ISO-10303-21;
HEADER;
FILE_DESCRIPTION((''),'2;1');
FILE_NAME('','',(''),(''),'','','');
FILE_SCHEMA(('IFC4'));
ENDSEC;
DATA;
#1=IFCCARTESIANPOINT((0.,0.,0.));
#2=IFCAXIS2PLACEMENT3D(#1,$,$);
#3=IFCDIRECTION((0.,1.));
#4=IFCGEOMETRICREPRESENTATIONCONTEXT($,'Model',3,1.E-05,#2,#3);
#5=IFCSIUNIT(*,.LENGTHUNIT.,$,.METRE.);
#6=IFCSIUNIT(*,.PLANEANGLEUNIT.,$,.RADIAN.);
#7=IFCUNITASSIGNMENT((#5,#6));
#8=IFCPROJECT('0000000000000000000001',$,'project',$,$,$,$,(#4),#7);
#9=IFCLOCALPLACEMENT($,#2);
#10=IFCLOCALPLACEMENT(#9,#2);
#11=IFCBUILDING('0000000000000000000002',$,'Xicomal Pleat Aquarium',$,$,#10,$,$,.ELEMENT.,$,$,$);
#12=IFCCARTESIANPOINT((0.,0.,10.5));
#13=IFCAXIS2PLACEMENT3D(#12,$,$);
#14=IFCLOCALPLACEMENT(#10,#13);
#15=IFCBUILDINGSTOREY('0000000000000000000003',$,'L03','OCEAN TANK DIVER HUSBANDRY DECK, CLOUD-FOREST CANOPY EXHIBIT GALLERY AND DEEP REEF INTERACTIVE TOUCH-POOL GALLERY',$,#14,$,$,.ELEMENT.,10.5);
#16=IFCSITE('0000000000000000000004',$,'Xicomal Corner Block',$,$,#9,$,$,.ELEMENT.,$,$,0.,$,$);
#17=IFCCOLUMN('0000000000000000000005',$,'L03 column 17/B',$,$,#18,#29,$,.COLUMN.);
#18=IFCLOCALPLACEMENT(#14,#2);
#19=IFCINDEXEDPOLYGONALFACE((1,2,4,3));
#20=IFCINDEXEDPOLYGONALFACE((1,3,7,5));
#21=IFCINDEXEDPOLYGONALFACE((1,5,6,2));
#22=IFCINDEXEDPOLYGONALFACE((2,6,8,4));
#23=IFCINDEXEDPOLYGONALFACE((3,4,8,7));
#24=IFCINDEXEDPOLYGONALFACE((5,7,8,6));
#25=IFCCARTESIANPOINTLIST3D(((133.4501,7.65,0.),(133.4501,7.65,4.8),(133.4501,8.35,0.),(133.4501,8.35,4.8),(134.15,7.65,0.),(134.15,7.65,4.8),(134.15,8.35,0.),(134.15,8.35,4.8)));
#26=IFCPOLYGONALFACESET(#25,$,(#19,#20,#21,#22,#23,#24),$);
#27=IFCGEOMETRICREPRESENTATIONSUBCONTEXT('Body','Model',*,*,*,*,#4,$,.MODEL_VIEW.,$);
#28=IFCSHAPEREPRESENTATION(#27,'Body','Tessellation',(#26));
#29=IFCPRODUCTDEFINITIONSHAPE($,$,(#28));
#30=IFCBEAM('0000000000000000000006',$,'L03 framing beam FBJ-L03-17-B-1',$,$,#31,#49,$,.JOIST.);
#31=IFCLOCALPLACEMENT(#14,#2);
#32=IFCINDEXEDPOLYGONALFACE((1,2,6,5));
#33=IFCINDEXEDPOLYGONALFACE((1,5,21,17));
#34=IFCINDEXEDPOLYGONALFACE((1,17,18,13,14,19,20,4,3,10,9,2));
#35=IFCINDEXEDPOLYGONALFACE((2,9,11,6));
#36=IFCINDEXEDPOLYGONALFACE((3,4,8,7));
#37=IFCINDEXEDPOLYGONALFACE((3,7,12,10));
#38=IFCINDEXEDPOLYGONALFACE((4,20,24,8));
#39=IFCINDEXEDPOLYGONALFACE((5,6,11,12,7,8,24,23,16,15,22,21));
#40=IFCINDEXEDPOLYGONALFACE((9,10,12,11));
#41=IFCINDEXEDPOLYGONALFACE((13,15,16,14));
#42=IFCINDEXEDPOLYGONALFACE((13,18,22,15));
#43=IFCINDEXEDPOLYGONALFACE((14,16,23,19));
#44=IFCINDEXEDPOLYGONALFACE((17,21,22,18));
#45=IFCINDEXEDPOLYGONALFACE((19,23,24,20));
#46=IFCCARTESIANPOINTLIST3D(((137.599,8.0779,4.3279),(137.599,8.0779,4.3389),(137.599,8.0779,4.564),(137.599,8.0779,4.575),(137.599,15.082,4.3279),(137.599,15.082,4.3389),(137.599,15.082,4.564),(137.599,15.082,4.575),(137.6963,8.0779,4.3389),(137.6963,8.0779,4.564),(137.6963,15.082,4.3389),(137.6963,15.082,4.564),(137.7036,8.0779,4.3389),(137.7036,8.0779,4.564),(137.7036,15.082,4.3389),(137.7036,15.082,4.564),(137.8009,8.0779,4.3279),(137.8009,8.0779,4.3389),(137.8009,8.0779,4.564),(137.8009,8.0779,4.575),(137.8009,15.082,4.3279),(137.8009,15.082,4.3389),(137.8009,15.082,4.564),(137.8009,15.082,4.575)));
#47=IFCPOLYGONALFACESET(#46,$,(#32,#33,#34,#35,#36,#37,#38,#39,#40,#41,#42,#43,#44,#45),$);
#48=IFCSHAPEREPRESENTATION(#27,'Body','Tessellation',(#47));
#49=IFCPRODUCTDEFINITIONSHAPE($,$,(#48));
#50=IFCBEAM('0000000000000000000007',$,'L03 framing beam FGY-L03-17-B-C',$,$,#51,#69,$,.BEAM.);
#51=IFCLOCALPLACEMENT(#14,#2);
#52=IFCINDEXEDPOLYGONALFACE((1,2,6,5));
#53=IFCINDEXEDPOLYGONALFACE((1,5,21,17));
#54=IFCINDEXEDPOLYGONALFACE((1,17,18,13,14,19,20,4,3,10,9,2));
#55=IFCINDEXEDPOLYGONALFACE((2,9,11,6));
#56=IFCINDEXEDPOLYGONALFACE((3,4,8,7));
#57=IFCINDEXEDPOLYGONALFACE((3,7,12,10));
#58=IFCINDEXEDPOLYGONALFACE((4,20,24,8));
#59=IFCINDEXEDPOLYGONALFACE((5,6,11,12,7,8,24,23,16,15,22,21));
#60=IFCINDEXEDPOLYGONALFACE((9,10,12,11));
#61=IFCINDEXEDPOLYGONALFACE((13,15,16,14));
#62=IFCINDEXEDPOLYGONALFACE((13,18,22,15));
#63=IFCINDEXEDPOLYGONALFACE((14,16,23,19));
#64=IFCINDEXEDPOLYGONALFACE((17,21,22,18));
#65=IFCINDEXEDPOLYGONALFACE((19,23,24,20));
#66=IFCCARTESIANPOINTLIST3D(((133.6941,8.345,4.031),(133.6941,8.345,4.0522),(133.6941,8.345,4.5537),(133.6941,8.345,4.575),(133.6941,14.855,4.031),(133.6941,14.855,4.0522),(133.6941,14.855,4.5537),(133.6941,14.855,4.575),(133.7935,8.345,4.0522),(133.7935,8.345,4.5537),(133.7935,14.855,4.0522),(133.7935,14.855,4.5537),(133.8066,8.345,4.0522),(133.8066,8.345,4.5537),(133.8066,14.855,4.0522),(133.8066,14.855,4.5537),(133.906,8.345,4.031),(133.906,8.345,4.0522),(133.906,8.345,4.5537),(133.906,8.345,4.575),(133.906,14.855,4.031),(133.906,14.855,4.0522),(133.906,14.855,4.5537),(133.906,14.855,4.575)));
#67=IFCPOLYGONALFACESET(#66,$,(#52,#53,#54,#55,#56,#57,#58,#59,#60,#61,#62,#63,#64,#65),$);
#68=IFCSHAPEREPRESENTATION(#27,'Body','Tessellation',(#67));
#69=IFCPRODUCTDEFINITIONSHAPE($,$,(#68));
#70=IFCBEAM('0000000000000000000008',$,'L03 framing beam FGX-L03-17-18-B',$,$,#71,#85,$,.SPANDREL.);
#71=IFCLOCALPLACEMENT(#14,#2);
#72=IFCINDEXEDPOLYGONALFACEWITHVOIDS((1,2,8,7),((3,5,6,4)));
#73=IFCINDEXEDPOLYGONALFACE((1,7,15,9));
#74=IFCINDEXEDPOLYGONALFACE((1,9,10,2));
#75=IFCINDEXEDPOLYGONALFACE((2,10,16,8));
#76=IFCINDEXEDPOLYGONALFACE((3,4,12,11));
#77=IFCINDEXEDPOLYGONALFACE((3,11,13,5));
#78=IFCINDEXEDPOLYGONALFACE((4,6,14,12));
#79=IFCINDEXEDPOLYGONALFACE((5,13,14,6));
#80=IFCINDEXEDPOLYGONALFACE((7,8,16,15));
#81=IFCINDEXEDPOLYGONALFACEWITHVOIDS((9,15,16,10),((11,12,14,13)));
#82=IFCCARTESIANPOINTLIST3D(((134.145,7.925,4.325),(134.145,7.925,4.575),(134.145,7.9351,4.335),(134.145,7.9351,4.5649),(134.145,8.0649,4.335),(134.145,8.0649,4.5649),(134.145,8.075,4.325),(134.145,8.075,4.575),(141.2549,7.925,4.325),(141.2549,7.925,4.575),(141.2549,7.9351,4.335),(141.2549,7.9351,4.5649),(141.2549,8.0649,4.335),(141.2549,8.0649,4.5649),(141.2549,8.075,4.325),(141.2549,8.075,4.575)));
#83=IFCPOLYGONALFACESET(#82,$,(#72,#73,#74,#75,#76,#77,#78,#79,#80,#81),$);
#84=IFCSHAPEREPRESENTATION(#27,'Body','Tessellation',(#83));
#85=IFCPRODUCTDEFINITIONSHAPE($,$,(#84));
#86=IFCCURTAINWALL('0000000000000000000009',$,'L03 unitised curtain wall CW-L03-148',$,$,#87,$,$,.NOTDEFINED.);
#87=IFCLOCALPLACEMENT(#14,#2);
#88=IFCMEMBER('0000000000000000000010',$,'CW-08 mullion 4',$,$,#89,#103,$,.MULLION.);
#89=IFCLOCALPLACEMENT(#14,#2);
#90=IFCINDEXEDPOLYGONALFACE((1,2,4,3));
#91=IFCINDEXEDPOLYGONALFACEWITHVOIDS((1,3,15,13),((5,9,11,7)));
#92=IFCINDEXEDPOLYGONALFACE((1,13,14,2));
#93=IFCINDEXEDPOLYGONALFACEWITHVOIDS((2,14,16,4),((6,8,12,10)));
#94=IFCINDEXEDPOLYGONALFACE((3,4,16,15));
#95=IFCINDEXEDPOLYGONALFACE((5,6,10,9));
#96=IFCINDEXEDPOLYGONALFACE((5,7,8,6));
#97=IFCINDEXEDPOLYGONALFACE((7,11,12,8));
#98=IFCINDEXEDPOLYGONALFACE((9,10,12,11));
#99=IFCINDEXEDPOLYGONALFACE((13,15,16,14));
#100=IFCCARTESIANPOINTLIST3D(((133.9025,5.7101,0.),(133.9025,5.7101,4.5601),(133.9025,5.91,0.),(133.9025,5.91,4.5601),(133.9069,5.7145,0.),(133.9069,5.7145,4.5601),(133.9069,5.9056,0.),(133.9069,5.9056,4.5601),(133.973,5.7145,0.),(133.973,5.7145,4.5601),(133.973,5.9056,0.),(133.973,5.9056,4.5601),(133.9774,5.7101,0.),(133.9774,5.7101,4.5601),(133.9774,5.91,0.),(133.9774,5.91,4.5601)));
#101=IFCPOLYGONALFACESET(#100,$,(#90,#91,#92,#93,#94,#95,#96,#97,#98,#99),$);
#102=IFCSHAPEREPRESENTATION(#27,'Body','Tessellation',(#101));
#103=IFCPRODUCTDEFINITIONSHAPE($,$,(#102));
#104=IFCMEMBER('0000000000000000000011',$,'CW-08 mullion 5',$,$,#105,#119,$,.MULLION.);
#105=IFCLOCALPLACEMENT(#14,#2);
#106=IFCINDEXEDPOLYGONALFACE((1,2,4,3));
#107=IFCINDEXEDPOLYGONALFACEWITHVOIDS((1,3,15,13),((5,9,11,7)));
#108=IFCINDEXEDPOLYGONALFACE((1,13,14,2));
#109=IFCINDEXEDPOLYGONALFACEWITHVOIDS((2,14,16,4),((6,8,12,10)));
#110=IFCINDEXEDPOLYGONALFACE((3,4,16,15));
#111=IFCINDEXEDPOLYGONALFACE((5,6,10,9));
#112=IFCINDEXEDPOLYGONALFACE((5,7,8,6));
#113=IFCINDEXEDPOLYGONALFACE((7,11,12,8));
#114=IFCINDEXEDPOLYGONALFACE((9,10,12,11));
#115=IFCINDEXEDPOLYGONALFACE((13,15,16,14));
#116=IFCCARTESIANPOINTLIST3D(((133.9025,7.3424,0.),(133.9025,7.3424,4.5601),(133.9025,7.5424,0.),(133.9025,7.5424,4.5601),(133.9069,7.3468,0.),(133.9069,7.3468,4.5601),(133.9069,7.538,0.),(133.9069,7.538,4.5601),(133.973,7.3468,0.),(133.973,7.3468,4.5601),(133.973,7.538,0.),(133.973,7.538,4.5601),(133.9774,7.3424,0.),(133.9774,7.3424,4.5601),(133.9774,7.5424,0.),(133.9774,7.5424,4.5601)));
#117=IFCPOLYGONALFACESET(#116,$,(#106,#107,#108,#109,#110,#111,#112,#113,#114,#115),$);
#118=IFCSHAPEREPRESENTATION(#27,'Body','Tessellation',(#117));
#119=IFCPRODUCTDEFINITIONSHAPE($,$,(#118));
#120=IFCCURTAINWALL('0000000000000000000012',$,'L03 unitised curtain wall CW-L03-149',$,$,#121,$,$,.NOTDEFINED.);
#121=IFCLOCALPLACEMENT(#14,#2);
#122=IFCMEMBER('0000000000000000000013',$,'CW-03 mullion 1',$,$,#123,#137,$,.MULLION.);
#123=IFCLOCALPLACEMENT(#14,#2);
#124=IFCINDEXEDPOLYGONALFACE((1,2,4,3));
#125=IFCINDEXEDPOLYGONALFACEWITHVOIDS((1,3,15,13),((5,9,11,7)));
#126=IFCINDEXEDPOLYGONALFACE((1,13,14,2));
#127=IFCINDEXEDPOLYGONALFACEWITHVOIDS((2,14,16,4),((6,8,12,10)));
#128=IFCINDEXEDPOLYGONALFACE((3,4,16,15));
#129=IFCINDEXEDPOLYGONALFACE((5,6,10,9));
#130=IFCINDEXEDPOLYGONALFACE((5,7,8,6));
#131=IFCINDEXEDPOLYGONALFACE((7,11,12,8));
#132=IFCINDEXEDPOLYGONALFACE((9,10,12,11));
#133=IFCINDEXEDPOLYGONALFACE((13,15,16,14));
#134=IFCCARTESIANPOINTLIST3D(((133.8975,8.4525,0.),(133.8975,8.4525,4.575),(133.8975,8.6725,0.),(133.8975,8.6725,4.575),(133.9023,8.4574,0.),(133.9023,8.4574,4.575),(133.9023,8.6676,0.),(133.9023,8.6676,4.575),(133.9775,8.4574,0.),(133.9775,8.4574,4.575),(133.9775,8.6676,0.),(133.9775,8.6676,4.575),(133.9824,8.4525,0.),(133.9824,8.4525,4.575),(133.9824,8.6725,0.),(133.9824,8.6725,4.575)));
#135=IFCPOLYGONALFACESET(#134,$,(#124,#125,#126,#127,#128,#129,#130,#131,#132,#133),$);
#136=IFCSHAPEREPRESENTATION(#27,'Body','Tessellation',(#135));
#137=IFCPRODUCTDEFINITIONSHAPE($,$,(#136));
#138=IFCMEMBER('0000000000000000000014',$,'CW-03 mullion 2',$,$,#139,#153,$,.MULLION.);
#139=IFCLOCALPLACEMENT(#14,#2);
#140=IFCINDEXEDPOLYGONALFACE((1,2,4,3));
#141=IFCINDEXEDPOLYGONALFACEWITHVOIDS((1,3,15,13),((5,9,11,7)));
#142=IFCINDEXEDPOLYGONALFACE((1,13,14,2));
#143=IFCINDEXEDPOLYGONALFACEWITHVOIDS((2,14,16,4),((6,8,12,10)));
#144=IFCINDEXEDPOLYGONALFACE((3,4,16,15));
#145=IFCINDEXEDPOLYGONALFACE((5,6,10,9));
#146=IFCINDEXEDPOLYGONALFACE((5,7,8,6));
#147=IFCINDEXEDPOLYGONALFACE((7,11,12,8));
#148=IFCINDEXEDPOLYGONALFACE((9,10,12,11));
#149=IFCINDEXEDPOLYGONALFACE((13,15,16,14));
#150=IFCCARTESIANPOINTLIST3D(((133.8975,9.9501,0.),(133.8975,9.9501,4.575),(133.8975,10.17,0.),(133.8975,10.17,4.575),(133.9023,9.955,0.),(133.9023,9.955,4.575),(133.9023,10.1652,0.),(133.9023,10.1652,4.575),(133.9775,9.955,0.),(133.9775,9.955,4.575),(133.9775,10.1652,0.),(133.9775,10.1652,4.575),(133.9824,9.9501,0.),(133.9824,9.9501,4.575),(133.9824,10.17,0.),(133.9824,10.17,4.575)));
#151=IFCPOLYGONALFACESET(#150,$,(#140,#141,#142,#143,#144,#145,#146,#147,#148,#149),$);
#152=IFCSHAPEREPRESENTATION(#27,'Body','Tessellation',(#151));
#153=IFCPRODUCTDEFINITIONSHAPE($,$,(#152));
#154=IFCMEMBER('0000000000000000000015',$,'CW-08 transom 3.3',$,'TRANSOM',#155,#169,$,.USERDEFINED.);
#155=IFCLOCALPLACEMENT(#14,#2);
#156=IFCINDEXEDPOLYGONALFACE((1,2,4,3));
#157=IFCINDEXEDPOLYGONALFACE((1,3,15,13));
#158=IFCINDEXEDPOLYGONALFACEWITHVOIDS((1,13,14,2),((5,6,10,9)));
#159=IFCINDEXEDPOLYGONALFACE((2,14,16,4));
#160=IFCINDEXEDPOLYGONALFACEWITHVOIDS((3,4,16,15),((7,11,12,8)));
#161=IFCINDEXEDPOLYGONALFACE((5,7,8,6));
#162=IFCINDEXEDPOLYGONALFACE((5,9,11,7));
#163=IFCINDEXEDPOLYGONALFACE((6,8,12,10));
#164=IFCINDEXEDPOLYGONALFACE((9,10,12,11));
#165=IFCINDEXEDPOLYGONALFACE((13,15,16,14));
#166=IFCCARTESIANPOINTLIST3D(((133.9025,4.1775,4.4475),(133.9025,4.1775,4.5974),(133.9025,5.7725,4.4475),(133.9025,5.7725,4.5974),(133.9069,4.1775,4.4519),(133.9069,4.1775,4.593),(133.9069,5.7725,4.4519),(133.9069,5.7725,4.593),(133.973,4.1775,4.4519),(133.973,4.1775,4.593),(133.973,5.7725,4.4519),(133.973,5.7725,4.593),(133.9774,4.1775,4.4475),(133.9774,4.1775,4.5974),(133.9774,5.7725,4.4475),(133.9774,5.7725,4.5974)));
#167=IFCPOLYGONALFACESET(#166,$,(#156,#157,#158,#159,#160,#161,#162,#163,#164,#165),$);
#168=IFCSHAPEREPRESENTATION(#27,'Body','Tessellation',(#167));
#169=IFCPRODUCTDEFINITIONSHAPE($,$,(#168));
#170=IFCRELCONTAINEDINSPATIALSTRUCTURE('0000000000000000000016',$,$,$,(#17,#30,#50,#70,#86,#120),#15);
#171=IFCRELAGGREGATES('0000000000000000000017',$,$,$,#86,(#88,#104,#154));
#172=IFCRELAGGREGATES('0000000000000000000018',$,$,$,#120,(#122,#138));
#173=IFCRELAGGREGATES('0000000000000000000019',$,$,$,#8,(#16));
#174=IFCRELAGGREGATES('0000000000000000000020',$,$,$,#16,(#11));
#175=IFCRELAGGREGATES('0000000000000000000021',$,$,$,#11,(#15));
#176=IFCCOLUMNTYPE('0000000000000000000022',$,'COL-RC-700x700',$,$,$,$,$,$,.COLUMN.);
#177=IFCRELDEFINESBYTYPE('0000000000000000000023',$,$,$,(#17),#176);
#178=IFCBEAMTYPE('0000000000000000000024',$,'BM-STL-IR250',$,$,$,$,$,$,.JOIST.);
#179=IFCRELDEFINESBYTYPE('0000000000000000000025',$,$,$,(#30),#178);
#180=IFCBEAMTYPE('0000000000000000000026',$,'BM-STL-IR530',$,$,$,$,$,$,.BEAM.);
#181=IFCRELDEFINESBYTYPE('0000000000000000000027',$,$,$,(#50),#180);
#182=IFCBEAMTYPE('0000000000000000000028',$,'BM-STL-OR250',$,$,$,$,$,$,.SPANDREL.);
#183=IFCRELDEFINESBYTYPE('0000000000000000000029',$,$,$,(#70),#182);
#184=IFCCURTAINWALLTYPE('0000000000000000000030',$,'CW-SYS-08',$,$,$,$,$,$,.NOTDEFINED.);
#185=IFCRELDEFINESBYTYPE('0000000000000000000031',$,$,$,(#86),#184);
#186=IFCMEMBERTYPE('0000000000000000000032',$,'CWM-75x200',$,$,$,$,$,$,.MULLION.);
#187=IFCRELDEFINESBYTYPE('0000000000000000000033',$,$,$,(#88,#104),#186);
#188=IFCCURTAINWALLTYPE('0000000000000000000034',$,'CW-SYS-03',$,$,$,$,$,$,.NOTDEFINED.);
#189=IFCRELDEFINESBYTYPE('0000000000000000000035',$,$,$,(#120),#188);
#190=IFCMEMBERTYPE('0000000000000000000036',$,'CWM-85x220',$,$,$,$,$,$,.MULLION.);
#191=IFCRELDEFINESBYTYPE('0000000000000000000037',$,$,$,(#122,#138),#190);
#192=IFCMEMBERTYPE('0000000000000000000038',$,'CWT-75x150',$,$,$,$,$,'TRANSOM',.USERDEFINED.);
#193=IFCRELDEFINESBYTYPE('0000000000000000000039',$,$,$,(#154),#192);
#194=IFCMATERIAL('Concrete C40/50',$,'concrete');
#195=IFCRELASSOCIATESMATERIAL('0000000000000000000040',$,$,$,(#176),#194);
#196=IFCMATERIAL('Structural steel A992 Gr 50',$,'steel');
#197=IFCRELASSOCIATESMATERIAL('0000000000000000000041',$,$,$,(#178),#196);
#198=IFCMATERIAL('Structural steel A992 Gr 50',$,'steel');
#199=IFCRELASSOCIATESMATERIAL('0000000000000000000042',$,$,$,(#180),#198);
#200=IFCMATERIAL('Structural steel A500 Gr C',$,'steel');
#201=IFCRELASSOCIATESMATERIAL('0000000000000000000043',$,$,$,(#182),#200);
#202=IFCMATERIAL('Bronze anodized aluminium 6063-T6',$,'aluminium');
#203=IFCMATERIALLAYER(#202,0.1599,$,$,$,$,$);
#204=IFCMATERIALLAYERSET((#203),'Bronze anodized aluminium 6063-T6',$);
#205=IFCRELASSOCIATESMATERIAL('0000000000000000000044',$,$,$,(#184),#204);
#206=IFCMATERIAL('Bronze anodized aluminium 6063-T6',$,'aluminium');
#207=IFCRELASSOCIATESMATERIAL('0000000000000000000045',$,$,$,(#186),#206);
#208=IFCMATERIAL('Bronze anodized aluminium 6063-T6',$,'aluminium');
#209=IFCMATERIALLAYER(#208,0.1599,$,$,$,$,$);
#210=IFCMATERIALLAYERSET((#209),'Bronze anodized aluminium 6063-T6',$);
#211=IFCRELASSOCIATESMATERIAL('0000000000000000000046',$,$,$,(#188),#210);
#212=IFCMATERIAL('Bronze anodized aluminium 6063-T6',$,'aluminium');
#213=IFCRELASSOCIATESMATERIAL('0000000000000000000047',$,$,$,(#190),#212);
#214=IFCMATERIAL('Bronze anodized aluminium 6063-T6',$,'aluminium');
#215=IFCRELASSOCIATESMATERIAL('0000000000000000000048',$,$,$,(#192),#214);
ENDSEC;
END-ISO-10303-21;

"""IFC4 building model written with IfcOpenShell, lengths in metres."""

from ifc_helpers import new_model, si_unit, direction, frame, origin, origin_2d, place, context, subcontext, project, spatial, rectangle, hollow_rectangle, i_section, extrude, material, layer, layer_set, material_profile, profile_set, type_object, element, aggregate, save


model = new_model("IFC4")

# Units and contexts
model_context = context("Model", 3, precision=1e-05, world=origin(), true_north=direction((0.0, 1.0)))
body_context = subcontext(model_context, "Body", "Model", "MODEL_VIEW")
ifc_project = project(units=[si_unit("LENGTHUNIT", "METRE"), si_unit("PLANEANGLEUNIT", "RADIAN")], contexts=[model_context])

# Site, building, storey
site_placement = place(None, origin())
site = spatial("IfcSite", under=ifc_project, at=site_placement, Name="Xicomal Corner Block", CompositionType="ELEMENT", RefElevation=0.0)
building_placement = place(site_placement, origin())
building = spatial("IfcBuilding", under=site, at=building_placement, Name="Xicomal Pleat Aquarium", CompositionType="ELEMENT")
storey_placement = place(building_placement, frame((0.0, 0.0, 10.5)))
storey = spatial("IfcBuildingStorey", under=building, at=storey_placement, Name="L03", Description="OCEAN TANK DIVER HUSBANDRY DECK, CLOUD-FOREST CANOPY EXHIBIT GALLERY AND DEEP REEF INTERACTIVE TOUCH-POOL GALLERY", CompositionType="ELEMENT", Elevation=10.5)

# Column
ifc_material_1 = material(Name="Concrete C40/50", Category="concrete")
ifc_material_profile_1 = material_profile(ifc_material_1, rectangle(XDim=0.7, YDim=0.7, at=origin_2d()), Name="RC 700x700")
ifc_profile_set_1 = profile_set([ifc_material_profile_1], Name="Concrete C40/50")
column_type = type_object("IfcColumnType", Name="COL-RC-700x700", PredefinedType="COLUMN", material=ifc_profile_set_1)
column_placement = place(storey_placement, frame((133.8, 8.0, 0.0), z_axis=(0.0, 0.0, 1.0), x_axis=(1.0, 0.0, 0.0)))
element("IfcColumn", 1, at=column_placement, inside=storey, type_object=column_type, Name="L03 column 17/B", PredefinedType="COLUMN", context=body_context, shape_type="SweptSolid", body=[
    extrude(rectangle(XDim=0.7, YDim=0.7, at=origin_2d()), origin(), (0.0, 0.0, 1.0), 4.8),
])

# Beams
ifc_material_2 = material(Name="Structural steel A992 Gr 50", Category="steel")
ifc_material_profile_2 = material_profile(ifc_material_2, i_section(OverallWidth=0.2019, OverallDepth=0.2471, WebThickness=0.0073, FlangeThickness=0.011, at=origin_2d()), Name="IR 250x49")
ifc_profile_set_2 = profile_set([ifc_material_profile_2], Name="Structural steel A992 Gr 50")
beam_type_1 = type_object("IfcBeamType", Name="BM-STL-IR250", PredefinedType="JOIST", material=ifc_profile_set_2)
beam_1_placement = place(storey_placement, frame((137.7, 8.0779, 4.4514), z_axis=(0.0, 1.0, 0.0), x_axis=(-1.0, 0.0, 0.0)))
element("IfcBeam", 2, at=beam_1_placement, inside=storey, type_object=beam_type_1, Name="L03 framing beam FBJ-L03-17-B-1", PredefinedType="JOIST", context=body_context, shape_type="SweptSolid", body=[
    extrude(i_section(OverallWidth=0.2019, OverallDepth=0.2471, WebThickness=0.0073, FlangeThickness=0.011, at=origin_2d()), origin(), (0.0, 0.0, 1.0), 7.0042),
])
ifc_material_3 = material(Name="Structural steel A992 Gr 50", Category="steel")
ifc_material_profile_3 = material_profile(ifc_material_3, i_section(OverallWidth=0.2119, OverallDepth=0.5439, WebThickness=0.0132, FlangeThickness=0.0212, at=origin_2d()), Name="IR 530x123")
ifc_profile_set_3 = profile_set([ifc_material_profile_3], Name="Structural steel A992 Gr 50")
beam_type_2 = type_object("IfcBeamType", Name="BM-STL-IR530", PredefinedType="BEAM", material=ifc_profile_set_3)
beam_2_placement = place(storey_placement, frame((133.8, 8.345, 4.303), z_axis=(0.0, 1.0, 0.0), x_axis=(-1.0, 0.0, 0.0)))
element("IfcBeam", 3, at=beam_2_placement, inside=storey, type_object=beam_type_2, Name="L03 framing beam FGY-L03-17-B-C", PredefinedType="BEAM", context=body_context, shape_type="SweptSolid", body=[
    extrude(i_section(OverallWidth=0.2119, OverallDepth=0.5439, WebThickness=0.0132, FlangeThickness=0.0212, at=origin_2d()), origin(), (0.0, 0.0, 1.0), 6.51),
])
ifc_material_4 = material(Name="Structural steel A500 Gr C", Category="steel")
ifc_material_profile_4 = material_profile(ifc_material_4, hollow_rectangle(XDim=0.1499, YDim=0.25, WallThickness=0.01, at=origin_2d()), Name="OR 250x150x10")
ifc_profile_set_4 = profile_set([ifc_material_profile_4], Name="Structural steel A500 Gr C")
beam_type_3 = type_object("IfcBeamType", Name="BM-STL-OR250", PredefinedType="SPANDREL", material=ifc_profile_set_4)
beam_3_placement = place(storey_placement, frame((134.145, 8.0, 4.45), z_axis=(1.0, 0.0, 0.0), x_axis=(0.0, 1.0, 0.0)))
element("IfcBeam", 4, at=beam_3_placement, inside=storey, type_object=beam_type_3, Name="L03 framing beam FGX-L03-17-18-B", PredefinedType="SPANDREL", context=body_context, shape_type="SweptSolid", body=[
    extrude(hollow_rectangle(XDim=0.1499, YDim=0.25, WallThickness=0.01, at=origin_2d()), origin(), (0.0, 0.0, 1.0), 7.1099),
])

# Curtain walls, members
ifc_material_5 = material(Name="Bronze anodized aluminium 6063-T6", Category="aluminium")
ifc_layer_1 = layer(ifc_material_5, 0.1599)
ifc_layer_set_1 = layer_set([ifc_layer_1], Name="Bronze anodized aluminium 6063-T6")
curtain_wall_type_1 = type_object("IfcCurtainWallType", Name="CW-SYS-08", PredefinedType="NOTDEFINED", material=ifc_layer_set_1)
curtain_wall_1_placement = place(storey_placement, origin())
curtain_wall_1 = element("IfcCurtainWall", 5, at=curtain_wall_1_placement, inside=storey, type_object=curtain_wall_type_1, Name="L03 unitised curtain wall CW-L03-148", PredefinedType="NOTDEFINED")
ifc_material_6 = material(Name="Bronze anodized aluminium 6063-T6", Category="aluminium")
ifc_material_profile_5 = material_profile(ifc_material_6, hollow_rectangle(XDim=0.075, YDim=0.2, WallThickness=0.0044, at=origin_2d()), Name="ALU MULL 75x200")
ifc_profile_set_5 = profile_set([ifc_material_profile_5], Name="Bronze anodized aluminium 6063-T6")
member_type_1 = type_object("IfcMemberType", Name="CWM-75x200", PredefinedType="MULLION", material=ifc_profile_set_5)
member_1_placement = place(storey_placement, frame((133.9399, 5.8101, 0.0), z_axis=(0.0, 0.0, 1.0), x_axis=(-1.0, 0.0, 0.0)))
member_1 = element("IfcMember", 6, at=member_1_placement, type_object=member_type_1, Name="CW-08 mullion 4", PredefinedType="MULLION", context=body_context, shape_type="SweptSolid", body=[
    extrude(hollow_rectangle(XDim=0.075, YDim=0.2, WallThickness=0.0044, at=origin_2d()), origin(), (0.0, 0.0, 1.0), 4.5601),
])
member_2_placement = place(storey_placement, frame((133.9399, 7.4424, 0.0), z_axis=(0.0, 0.0, 1.0), x_axis=(-1.0, 0.0, 0.0)))
member_2 = element("IfcMember", 7, at=member_2_placement, type_object=member_type_1, Name="CW-08 mullion 5", PredefinedType="MULLION", context=body_context, shape_type="SweptSolid", body=[
    extrude(hollow_rectangle(XDim=0.075, YDim=0.2, WallThickness=0.0044, at=origin_2d()), origin(), (0.0, 0.0, 1.0), 4.5601),
])
ifc_material_7 = material(Name="Bronze anodized aluminium 6063-T6", Category="aluminium")
ifc_layer_2 = layer(ifc_material_7, 0.1599)
ifc_layer_set_2 = layer_set([ifc_layer_2], Name="Bronze anodized aluminium 6063-T6")
curtain_wall_type_2 = type_object("IfcCurtainWallType", Name="CW-SYS-03", PredefinedType="NOTDEFINED", material=ifc_layer_set_2)
curtain_wall_2_placement = place(storey_placement, origin())
curtain_wall_2 = element("IfcCurtainWall", 8, at=curtain_wall_2_placement, inside=storey, type_object=curtain_wall_type_2, Name="L03 unitised curtain wall CW-L03-149", PredefinedType="NOTDEFINED")
ifc_material_8 = material(Name="Bronze anodized aluminium 6063-T6", Category="aluminium")
ifc_material_profile_6 = material_profile(ifc_material_8, hollow_rectangle(XDim=0.085, YDim=0.22, WallThickness=0.0049, at=origin_2d()), Name="ALU MULL 85x220")
ifc_profile_set_6 = profile_set([ifc_material_profile_6], Name="Bronze anodized aluminium 6063-T6")
member_type_2 = type_object("IfcMemberType", Name="CWM-85x220", PredefinedType="MULLION", material=ifc_profile_set_6)
member_3_placement = place(storey_placement, frame((133.9399, 8.5625, 0.0), z_axis=(0.0, 0.0, 1.0), x_axis=(-1.0, 0.0, 0.0)))
member_3 = element("IfcMember", 9, at=member_3_placement, type_object=member_type_2, Name="CW-03 mullion 1", PredefinedType="MULLION", context=body_context, shape_type="SweptSolid", body=[
    extrude(hollow_rectangle(XDim=0.085, YDim=0.22, WallThickness=0.0049, at=origin_2d()), origin(), (0.0, 0.0, 1.0), 4.575),
])
member_4_placement = place(storey_placement, frame((133.9399, 10.0601, 0.0), z_axis=(0.0, 0.0, 1.0), x_axis=(-1.0, 0.0, 0.0)))
member_4 = element("IfcMember", 10, at=member_4_placement, type_object=member_type_2, Name="CW-03 mullion 2", PredefinedType="MULLION", context=body_context, shape_type="SweptSolid", body=[
    extrude(hollow_rectangle(XDim=0.085, YDim=0.22, WallThickness=0.0049, at=origin_2d()), origin(), (0.0, 0.0, 1.0), 4.575),
])

# Member
ifc_material_9 = material(Name="Bronze anodized aluminium 6063-T6", Category="aluminium")
ifc_material_profile_7 = material_profile(ifc_material_9, hollow_rectangle(XDim=0.075, YDim=0.1499, WallThickness=0.0044, at=origin_2d()), Name="ALU TRAN 75x150")
ifc_profile_set_7 = profile_set([ifc_material_profile_7], Name="Bronze anodized aluminium 6063-T6")
member_type_3 = type_object("IfcMemberType", Name="CWT-75x150", ElementType="TRANSOM", PredefinedType="USERDEFINED", material=ifc_profile_set_7)
member_5_placement = place(storey_placement, frame((133.9399, 4.1775, 4.5225), z_axis=(0.0, 1.0, 0.0), x_axis=(-1.0, 0.0, 0.0)))
member_5 = element("IfcMember", 11, at=member_5_placement, type_object=member_type_3, Name="CW-08 transom 3.3", ObjectType="TRANSOM", PredefinedType="USERDEFINED", context=body_context, shape_type="SweptSolid", body=[
    extrude(hollow_rectangle(XDim=0.075, YDim=0.1499, WallThickness=0.0044, at=origin_2d()), origin(), (0.0, 0.0, 1.0), 1.595),
])

aggregate(curtain_wall_1, [member_1, member_2, member_5])
aggregate(curtain_wall_2, [member_3, member_4])

save(model, "model.ifc")
